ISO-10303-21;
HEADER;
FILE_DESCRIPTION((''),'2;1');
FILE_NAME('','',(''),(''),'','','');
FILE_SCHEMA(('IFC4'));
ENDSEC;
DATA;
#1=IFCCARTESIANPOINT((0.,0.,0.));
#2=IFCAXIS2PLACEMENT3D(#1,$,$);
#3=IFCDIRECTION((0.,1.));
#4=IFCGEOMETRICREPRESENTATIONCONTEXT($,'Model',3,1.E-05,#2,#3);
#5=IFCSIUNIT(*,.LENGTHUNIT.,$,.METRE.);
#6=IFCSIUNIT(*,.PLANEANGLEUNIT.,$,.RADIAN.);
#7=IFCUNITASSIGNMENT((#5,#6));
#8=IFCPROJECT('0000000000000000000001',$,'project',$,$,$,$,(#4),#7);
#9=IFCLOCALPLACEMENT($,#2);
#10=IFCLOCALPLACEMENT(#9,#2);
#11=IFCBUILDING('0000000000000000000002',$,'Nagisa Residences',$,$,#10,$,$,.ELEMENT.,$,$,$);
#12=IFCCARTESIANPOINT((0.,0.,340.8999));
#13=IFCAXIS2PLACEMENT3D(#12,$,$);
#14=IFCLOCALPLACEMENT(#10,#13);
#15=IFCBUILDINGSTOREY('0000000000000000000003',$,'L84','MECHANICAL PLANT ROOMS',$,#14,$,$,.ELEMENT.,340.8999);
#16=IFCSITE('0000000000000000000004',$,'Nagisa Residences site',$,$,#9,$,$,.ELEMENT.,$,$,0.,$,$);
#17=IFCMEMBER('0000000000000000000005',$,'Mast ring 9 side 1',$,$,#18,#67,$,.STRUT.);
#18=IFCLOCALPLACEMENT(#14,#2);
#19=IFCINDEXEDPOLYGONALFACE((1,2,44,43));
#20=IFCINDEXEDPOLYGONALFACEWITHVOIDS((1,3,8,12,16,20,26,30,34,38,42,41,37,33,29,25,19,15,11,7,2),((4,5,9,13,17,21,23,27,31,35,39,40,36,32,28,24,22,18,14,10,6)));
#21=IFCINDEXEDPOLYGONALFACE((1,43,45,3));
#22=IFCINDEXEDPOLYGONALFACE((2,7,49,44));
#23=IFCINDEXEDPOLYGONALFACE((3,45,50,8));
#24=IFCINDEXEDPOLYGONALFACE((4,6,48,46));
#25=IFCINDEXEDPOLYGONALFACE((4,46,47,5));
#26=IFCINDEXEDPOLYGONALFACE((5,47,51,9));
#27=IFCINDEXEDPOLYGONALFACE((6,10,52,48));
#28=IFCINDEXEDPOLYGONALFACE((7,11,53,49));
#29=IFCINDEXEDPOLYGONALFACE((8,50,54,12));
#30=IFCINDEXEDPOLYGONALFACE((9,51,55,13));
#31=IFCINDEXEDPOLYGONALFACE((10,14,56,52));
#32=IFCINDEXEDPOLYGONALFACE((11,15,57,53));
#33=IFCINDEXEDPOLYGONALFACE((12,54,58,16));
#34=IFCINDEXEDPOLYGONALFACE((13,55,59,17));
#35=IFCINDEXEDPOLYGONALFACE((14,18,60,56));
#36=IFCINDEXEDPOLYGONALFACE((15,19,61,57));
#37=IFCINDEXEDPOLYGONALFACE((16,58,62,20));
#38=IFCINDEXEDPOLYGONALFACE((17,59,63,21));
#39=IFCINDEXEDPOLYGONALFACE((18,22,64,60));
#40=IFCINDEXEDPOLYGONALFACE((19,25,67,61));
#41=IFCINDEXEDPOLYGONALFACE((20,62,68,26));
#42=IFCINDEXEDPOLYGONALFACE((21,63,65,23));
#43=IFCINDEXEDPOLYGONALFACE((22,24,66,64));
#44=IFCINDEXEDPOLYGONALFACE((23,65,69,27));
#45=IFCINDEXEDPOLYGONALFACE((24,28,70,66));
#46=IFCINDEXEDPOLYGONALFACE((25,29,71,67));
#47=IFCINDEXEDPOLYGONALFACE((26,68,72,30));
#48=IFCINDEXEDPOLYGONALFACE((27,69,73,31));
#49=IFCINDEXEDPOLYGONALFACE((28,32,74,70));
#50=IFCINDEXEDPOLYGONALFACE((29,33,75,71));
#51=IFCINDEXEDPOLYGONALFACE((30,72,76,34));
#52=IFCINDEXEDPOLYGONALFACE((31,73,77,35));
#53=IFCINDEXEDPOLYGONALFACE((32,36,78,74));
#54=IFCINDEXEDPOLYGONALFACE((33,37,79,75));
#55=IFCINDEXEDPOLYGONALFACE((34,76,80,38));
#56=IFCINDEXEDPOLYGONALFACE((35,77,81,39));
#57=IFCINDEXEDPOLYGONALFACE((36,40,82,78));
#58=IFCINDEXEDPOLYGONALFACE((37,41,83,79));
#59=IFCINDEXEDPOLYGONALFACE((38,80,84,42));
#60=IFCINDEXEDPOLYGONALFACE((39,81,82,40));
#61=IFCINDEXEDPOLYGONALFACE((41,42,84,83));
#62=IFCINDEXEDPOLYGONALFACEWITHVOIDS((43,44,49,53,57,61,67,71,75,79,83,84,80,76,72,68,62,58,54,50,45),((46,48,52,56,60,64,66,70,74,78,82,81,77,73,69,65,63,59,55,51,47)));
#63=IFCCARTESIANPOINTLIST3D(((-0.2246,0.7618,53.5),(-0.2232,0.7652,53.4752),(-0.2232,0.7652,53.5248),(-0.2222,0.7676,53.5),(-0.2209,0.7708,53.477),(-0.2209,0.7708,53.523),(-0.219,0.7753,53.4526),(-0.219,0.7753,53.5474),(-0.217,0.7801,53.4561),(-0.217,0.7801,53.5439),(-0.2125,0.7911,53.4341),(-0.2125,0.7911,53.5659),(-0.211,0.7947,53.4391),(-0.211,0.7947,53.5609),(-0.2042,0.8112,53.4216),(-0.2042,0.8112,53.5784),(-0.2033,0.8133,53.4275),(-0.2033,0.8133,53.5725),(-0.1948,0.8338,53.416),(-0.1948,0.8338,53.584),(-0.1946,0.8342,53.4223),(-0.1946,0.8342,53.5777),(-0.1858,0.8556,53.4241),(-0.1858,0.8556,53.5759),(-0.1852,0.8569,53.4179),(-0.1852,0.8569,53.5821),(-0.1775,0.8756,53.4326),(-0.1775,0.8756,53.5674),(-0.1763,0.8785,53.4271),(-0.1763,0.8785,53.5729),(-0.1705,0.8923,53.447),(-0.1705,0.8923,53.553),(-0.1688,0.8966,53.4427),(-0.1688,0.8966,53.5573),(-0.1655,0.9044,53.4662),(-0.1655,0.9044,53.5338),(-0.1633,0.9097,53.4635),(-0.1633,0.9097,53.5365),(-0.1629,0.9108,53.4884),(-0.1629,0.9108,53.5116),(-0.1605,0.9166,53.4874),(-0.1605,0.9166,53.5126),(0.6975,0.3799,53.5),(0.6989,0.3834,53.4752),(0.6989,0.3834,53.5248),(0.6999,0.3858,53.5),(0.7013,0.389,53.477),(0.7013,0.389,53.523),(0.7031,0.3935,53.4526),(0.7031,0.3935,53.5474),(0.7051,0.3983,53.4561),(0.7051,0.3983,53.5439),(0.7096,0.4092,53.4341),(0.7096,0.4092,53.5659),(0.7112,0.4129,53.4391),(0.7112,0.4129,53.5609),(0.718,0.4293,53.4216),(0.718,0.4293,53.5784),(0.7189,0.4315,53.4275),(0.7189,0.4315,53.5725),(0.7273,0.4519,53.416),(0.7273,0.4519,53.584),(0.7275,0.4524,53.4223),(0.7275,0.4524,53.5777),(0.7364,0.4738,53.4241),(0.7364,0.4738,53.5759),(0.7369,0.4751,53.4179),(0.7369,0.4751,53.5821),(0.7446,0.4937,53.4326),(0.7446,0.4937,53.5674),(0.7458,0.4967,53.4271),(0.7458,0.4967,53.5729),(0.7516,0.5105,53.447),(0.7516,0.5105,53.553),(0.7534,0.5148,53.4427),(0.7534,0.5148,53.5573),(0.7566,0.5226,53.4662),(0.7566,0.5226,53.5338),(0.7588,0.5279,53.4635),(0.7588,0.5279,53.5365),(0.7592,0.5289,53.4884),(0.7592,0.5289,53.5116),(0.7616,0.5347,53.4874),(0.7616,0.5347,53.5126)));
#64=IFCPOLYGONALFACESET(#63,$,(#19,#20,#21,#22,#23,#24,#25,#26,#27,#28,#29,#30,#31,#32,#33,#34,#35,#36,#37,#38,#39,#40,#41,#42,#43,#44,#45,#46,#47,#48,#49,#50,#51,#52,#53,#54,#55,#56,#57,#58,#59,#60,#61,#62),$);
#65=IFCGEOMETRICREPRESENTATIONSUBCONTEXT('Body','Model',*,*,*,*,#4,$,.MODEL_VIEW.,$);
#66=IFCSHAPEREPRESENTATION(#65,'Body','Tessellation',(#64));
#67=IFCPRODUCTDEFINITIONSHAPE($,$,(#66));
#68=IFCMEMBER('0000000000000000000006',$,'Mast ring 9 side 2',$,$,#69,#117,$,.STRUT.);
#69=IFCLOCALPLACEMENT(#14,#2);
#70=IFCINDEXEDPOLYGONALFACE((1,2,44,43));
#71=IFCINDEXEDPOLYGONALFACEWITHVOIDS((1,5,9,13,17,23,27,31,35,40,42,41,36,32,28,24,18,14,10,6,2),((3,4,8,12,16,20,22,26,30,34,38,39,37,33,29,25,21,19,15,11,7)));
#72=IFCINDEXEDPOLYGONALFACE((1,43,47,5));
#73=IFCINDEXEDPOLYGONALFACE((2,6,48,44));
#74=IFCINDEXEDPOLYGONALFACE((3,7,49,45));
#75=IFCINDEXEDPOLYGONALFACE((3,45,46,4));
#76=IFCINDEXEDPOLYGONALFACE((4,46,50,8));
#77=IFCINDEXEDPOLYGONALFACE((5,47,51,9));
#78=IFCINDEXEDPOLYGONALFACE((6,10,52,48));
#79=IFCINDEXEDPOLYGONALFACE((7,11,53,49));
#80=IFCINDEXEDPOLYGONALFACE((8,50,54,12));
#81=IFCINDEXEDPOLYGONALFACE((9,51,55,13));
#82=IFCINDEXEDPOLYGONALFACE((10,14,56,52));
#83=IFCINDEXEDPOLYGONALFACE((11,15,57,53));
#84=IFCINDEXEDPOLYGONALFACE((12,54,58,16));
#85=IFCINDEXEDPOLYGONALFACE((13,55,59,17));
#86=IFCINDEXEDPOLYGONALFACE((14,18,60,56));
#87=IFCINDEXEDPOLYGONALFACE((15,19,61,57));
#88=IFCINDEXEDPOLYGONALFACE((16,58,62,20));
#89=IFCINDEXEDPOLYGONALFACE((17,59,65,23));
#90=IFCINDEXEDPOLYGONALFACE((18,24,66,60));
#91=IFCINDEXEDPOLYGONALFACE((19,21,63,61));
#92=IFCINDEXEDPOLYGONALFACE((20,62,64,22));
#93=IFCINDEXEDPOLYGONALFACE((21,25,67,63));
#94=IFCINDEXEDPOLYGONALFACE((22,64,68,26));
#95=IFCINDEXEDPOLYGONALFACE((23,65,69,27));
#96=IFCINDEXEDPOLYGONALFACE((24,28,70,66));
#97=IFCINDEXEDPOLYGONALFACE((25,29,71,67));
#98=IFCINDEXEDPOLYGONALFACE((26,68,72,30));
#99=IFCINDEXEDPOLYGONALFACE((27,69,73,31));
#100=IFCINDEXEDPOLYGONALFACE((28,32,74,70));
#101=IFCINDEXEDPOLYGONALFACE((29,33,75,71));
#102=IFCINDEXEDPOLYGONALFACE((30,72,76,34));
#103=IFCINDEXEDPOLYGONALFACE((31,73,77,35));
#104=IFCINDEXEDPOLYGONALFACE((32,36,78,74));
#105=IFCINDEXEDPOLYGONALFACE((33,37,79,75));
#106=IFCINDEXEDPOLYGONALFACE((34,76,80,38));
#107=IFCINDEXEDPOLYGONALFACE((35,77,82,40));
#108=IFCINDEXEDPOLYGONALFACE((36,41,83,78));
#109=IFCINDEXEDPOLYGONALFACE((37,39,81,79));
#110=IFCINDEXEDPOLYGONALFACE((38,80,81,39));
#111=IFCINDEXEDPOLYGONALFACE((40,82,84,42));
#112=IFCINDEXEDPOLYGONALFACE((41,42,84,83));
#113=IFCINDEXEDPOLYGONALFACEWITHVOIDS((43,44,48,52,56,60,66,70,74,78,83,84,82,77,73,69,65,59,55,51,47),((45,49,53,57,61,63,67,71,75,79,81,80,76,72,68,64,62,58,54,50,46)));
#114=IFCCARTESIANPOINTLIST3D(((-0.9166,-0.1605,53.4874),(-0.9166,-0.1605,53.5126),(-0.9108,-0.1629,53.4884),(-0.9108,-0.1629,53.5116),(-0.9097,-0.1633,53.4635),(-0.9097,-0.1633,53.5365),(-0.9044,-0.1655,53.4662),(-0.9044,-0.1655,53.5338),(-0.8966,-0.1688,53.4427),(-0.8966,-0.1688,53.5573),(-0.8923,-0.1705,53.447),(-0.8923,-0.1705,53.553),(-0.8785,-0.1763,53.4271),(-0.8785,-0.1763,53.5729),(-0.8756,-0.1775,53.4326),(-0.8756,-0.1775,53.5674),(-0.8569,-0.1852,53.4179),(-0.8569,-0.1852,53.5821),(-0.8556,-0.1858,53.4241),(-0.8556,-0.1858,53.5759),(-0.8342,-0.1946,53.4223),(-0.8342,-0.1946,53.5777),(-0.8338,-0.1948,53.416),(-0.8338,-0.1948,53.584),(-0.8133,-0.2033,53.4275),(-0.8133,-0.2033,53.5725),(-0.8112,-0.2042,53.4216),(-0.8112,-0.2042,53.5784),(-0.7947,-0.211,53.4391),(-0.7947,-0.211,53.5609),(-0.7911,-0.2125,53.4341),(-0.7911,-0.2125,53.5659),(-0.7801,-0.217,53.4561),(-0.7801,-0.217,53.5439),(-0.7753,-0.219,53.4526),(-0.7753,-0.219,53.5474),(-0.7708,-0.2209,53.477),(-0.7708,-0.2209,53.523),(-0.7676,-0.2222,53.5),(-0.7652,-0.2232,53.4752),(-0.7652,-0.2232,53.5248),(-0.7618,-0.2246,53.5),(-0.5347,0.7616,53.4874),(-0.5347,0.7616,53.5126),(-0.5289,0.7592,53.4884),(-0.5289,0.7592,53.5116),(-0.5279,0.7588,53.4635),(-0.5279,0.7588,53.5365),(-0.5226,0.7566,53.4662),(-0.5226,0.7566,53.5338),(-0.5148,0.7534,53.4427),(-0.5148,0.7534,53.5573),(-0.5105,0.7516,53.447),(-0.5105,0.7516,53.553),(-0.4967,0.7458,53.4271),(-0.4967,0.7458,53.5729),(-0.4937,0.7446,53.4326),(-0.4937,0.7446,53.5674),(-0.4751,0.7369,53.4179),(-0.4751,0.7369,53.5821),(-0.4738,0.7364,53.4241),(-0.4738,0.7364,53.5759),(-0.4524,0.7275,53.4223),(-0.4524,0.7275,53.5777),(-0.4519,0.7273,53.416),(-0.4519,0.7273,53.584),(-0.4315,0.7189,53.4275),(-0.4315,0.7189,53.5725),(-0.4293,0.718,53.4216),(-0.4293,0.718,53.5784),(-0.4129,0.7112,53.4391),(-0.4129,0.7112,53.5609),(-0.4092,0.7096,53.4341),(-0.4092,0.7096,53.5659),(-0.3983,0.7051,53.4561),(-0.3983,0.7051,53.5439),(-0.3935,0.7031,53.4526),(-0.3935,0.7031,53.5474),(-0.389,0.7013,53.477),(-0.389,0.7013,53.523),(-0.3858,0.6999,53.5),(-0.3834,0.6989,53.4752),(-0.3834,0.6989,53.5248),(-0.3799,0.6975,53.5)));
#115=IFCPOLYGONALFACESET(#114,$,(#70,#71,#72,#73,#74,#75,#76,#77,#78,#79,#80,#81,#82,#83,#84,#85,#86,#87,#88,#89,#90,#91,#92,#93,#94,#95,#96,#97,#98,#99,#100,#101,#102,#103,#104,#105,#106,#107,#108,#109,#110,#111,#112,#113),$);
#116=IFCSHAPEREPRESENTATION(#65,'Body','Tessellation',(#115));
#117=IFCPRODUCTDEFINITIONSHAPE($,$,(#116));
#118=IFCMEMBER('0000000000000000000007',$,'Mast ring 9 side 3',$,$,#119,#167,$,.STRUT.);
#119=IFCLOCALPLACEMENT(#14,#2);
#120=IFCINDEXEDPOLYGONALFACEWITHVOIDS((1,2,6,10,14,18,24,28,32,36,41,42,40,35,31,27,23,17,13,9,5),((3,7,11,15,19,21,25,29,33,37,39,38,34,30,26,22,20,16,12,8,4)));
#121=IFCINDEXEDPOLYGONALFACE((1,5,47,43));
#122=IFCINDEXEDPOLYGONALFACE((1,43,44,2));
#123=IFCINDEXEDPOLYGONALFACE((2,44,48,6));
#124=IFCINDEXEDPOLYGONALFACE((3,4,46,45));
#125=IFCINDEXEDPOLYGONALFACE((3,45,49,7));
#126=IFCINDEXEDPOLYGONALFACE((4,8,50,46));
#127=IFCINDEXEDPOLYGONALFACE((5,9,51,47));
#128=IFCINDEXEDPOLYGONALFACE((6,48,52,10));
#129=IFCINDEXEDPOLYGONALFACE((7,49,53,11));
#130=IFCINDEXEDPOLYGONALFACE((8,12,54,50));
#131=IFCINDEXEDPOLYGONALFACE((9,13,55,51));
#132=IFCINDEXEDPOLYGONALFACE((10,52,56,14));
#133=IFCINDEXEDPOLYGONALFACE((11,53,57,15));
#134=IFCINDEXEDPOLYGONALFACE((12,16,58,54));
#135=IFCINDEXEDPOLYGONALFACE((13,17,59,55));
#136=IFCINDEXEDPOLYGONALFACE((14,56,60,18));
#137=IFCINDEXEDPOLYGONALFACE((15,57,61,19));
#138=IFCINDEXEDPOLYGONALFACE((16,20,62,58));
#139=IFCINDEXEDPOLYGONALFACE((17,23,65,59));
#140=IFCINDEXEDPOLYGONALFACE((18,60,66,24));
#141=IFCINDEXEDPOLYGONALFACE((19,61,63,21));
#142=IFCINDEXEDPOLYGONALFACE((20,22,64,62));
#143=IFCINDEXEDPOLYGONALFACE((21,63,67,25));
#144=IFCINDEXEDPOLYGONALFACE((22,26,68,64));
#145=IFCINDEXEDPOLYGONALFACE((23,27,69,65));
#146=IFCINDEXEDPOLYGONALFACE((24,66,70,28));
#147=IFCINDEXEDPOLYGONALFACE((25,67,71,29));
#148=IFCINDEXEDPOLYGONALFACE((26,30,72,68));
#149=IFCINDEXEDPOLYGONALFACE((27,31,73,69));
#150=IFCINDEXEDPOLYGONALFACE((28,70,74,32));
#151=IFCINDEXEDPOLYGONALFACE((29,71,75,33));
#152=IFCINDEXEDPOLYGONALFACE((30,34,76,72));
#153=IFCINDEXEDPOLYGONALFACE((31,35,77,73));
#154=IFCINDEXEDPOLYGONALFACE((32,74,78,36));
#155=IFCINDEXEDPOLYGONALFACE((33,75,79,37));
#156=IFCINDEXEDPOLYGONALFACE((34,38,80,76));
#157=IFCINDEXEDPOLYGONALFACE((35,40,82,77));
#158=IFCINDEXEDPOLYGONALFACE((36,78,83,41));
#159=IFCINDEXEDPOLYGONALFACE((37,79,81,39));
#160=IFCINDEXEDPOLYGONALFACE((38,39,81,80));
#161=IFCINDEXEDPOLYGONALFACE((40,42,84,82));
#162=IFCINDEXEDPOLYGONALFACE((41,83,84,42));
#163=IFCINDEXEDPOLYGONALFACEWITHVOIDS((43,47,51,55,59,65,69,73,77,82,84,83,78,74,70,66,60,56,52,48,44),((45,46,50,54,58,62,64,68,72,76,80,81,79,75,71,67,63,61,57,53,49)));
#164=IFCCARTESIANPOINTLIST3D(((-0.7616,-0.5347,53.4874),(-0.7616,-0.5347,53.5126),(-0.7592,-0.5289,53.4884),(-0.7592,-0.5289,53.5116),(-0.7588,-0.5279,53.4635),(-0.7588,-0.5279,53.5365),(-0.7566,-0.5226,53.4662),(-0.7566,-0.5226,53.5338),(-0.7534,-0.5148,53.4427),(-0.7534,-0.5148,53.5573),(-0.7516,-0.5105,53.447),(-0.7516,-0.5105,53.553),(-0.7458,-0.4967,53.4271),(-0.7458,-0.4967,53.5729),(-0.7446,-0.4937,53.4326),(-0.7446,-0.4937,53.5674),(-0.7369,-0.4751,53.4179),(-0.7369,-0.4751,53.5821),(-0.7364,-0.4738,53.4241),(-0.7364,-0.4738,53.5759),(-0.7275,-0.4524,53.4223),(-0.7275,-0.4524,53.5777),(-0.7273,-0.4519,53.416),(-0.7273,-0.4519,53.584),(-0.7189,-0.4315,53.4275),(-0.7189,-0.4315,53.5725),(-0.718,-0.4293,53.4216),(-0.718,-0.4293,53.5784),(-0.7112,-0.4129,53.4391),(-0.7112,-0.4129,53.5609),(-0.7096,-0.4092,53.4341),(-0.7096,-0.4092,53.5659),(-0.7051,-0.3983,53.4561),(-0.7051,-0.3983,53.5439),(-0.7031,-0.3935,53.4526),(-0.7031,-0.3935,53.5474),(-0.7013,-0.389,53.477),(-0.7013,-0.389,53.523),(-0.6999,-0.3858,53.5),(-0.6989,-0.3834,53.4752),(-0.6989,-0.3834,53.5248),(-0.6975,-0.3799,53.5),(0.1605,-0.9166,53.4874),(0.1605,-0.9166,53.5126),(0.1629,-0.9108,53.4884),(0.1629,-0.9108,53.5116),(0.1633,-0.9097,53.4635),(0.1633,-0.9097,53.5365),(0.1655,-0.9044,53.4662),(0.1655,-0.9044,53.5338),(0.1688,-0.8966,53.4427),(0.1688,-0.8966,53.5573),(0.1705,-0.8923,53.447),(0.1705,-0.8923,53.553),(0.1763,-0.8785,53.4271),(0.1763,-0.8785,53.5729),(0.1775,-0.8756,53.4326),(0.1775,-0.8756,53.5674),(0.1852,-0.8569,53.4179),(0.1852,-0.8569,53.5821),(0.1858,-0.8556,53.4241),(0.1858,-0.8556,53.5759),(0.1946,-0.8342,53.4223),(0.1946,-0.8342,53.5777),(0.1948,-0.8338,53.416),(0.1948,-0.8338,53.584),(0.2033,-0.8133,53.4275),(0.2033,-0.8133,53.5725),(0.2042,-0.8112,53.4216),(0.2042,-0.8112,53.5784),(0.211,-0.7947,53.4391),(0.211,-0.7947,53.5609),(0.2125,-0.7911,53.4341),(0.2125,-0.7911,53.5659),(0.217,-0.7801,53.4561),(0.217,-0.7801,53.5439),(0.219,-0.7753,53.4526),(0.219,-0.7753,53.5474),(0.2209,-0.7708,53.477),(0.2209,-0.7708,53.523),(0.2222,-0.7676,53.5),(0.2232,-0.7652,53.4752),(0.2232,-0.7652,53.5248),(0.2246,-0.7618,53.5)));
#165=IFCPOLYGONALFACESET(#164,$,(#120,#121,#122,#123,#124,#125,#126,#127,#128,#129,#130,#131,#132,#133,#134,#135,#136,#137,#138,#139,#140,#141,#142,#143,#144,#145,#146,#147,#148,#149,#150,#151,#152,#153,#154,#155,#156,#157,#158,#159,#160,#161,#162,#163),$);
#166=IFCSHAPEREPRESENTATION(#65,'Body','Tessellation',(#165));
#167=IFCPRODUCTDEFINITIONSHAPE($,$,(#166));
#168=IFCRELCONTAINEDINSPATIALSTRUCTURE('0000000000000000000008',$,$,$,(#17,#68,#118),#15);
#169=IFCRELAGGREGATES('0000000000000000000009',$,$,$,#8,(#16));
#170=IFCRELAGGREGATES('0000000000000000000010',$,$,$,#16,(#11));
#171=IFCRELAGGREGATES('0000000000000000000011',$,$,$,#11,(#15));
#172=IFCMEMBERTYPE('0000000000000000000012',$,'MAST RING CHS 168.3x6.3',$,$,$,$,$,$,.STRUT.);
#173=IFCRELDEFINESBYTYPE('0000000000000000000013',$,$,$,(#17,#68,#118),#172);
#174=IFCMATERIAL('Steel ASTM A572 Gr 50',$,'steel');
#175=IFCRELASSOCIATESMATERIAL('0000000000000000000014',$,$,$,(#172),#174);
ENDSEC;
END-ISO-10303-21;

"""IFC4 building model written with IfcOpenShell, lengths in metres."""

from ifc_helpers import new_model, si_unit, direction, frame, origin, origin_2d, place, context, subcontext, project, spatial, hollow_circle, extrude, material, material_profile, profile_set, type_object, element, save


model = new_model("IFC4")

# Units and contexts
model_context = context("Model", 3, precision=1e-05, world=origin(), true_north=direction((0.0, 1.0)))
body_context = subcontext(model_context, "Body", "Model", "MODEL_VIEW")
ifc_project = project(units=[si_unit("LENGTHUNIT", "METRE"), si_unit("PLANEANGLEUNIT", "RADIAN")], contexts=[model_context])

# Site, building, storey
site_placement = place(None, origin())
site = spatial("IfcSite", under=ifc_project, at=site_placement, Name="Nagisa Residences site", CompositionType="ELEMENT", RefElevation=0.0)
building_placement = place(site_placement, origin())
building = spatial("IfcBuilding", under=site, at=building_placement, Name="Nagisa Residences", CompositionType="ELEMENT")
storey_placement = place(building_placement, frame((0.0, 0.0, 340.8999)))
storey = spatial("IfcBuildingStorey", under=building, at=storey_placement, Name="L84", Description="MECHANICAL PLANT ROOMS", CompositionType="ELEMENT", Elevation=340.8999)

# Members
ifc_material_1 = material(Name="Steel ASTM A572 Gr 50", Category="steel")
ifc_material_profile_1 = material_profile(ifc_material_1, hollow_circle(Radius=0.0842, WallThickness=0.0063, at=origin_2d()), Name="MAST RING CHS 168.3x6.3")
ifc_profile_set_1 = profile_set([ifc_material_profile_1], Name="Steel ASTM A572 Gr 50")
member_type_1 = type_object("IfcMemberType", Name="MAST RING CHS 168.3x6.3", PredefinedType="STRUT", material=ifc_profile_set_1)
for number, where, z_axis, x_axis, name in (
    (1, (0.7297, 0.4578, 53.5), (-0.923921, 0.382582, 0.0), (-0.382582, -0.923921, 0.0), "Mast ring 9 side 1"),
    (2, (-0.4578, 0.7297, 53.5), (-0.382582, -0.923921, 0.0), (0.923921, -0.382582, 0.0), "Mast ring 9 side 2"),
    (3, (-0.7297, -0.4578, 53.5), (0.923921, -0.382582, 0.0), (0.382582, 0.923921, 0.0), "Mast ring 9 side 3"),
):
    element("IfcMember", number, at=place(storey_placement, frame(where, z_axis=z_axis, x_axis=x_axis)), inside=storey, type_object=member_type_1, Name=name, PredefinedType="STRUT", context=body_context, shape_type="SweptSolid", body=[
        extrude(hollow_circle(Radius=0.0842, WallThickness=0.0063, at=origin_2d()), origin(), (0.0, 0.0, 1.0), 0.998),
    ])

save(model, "model.ifc")
